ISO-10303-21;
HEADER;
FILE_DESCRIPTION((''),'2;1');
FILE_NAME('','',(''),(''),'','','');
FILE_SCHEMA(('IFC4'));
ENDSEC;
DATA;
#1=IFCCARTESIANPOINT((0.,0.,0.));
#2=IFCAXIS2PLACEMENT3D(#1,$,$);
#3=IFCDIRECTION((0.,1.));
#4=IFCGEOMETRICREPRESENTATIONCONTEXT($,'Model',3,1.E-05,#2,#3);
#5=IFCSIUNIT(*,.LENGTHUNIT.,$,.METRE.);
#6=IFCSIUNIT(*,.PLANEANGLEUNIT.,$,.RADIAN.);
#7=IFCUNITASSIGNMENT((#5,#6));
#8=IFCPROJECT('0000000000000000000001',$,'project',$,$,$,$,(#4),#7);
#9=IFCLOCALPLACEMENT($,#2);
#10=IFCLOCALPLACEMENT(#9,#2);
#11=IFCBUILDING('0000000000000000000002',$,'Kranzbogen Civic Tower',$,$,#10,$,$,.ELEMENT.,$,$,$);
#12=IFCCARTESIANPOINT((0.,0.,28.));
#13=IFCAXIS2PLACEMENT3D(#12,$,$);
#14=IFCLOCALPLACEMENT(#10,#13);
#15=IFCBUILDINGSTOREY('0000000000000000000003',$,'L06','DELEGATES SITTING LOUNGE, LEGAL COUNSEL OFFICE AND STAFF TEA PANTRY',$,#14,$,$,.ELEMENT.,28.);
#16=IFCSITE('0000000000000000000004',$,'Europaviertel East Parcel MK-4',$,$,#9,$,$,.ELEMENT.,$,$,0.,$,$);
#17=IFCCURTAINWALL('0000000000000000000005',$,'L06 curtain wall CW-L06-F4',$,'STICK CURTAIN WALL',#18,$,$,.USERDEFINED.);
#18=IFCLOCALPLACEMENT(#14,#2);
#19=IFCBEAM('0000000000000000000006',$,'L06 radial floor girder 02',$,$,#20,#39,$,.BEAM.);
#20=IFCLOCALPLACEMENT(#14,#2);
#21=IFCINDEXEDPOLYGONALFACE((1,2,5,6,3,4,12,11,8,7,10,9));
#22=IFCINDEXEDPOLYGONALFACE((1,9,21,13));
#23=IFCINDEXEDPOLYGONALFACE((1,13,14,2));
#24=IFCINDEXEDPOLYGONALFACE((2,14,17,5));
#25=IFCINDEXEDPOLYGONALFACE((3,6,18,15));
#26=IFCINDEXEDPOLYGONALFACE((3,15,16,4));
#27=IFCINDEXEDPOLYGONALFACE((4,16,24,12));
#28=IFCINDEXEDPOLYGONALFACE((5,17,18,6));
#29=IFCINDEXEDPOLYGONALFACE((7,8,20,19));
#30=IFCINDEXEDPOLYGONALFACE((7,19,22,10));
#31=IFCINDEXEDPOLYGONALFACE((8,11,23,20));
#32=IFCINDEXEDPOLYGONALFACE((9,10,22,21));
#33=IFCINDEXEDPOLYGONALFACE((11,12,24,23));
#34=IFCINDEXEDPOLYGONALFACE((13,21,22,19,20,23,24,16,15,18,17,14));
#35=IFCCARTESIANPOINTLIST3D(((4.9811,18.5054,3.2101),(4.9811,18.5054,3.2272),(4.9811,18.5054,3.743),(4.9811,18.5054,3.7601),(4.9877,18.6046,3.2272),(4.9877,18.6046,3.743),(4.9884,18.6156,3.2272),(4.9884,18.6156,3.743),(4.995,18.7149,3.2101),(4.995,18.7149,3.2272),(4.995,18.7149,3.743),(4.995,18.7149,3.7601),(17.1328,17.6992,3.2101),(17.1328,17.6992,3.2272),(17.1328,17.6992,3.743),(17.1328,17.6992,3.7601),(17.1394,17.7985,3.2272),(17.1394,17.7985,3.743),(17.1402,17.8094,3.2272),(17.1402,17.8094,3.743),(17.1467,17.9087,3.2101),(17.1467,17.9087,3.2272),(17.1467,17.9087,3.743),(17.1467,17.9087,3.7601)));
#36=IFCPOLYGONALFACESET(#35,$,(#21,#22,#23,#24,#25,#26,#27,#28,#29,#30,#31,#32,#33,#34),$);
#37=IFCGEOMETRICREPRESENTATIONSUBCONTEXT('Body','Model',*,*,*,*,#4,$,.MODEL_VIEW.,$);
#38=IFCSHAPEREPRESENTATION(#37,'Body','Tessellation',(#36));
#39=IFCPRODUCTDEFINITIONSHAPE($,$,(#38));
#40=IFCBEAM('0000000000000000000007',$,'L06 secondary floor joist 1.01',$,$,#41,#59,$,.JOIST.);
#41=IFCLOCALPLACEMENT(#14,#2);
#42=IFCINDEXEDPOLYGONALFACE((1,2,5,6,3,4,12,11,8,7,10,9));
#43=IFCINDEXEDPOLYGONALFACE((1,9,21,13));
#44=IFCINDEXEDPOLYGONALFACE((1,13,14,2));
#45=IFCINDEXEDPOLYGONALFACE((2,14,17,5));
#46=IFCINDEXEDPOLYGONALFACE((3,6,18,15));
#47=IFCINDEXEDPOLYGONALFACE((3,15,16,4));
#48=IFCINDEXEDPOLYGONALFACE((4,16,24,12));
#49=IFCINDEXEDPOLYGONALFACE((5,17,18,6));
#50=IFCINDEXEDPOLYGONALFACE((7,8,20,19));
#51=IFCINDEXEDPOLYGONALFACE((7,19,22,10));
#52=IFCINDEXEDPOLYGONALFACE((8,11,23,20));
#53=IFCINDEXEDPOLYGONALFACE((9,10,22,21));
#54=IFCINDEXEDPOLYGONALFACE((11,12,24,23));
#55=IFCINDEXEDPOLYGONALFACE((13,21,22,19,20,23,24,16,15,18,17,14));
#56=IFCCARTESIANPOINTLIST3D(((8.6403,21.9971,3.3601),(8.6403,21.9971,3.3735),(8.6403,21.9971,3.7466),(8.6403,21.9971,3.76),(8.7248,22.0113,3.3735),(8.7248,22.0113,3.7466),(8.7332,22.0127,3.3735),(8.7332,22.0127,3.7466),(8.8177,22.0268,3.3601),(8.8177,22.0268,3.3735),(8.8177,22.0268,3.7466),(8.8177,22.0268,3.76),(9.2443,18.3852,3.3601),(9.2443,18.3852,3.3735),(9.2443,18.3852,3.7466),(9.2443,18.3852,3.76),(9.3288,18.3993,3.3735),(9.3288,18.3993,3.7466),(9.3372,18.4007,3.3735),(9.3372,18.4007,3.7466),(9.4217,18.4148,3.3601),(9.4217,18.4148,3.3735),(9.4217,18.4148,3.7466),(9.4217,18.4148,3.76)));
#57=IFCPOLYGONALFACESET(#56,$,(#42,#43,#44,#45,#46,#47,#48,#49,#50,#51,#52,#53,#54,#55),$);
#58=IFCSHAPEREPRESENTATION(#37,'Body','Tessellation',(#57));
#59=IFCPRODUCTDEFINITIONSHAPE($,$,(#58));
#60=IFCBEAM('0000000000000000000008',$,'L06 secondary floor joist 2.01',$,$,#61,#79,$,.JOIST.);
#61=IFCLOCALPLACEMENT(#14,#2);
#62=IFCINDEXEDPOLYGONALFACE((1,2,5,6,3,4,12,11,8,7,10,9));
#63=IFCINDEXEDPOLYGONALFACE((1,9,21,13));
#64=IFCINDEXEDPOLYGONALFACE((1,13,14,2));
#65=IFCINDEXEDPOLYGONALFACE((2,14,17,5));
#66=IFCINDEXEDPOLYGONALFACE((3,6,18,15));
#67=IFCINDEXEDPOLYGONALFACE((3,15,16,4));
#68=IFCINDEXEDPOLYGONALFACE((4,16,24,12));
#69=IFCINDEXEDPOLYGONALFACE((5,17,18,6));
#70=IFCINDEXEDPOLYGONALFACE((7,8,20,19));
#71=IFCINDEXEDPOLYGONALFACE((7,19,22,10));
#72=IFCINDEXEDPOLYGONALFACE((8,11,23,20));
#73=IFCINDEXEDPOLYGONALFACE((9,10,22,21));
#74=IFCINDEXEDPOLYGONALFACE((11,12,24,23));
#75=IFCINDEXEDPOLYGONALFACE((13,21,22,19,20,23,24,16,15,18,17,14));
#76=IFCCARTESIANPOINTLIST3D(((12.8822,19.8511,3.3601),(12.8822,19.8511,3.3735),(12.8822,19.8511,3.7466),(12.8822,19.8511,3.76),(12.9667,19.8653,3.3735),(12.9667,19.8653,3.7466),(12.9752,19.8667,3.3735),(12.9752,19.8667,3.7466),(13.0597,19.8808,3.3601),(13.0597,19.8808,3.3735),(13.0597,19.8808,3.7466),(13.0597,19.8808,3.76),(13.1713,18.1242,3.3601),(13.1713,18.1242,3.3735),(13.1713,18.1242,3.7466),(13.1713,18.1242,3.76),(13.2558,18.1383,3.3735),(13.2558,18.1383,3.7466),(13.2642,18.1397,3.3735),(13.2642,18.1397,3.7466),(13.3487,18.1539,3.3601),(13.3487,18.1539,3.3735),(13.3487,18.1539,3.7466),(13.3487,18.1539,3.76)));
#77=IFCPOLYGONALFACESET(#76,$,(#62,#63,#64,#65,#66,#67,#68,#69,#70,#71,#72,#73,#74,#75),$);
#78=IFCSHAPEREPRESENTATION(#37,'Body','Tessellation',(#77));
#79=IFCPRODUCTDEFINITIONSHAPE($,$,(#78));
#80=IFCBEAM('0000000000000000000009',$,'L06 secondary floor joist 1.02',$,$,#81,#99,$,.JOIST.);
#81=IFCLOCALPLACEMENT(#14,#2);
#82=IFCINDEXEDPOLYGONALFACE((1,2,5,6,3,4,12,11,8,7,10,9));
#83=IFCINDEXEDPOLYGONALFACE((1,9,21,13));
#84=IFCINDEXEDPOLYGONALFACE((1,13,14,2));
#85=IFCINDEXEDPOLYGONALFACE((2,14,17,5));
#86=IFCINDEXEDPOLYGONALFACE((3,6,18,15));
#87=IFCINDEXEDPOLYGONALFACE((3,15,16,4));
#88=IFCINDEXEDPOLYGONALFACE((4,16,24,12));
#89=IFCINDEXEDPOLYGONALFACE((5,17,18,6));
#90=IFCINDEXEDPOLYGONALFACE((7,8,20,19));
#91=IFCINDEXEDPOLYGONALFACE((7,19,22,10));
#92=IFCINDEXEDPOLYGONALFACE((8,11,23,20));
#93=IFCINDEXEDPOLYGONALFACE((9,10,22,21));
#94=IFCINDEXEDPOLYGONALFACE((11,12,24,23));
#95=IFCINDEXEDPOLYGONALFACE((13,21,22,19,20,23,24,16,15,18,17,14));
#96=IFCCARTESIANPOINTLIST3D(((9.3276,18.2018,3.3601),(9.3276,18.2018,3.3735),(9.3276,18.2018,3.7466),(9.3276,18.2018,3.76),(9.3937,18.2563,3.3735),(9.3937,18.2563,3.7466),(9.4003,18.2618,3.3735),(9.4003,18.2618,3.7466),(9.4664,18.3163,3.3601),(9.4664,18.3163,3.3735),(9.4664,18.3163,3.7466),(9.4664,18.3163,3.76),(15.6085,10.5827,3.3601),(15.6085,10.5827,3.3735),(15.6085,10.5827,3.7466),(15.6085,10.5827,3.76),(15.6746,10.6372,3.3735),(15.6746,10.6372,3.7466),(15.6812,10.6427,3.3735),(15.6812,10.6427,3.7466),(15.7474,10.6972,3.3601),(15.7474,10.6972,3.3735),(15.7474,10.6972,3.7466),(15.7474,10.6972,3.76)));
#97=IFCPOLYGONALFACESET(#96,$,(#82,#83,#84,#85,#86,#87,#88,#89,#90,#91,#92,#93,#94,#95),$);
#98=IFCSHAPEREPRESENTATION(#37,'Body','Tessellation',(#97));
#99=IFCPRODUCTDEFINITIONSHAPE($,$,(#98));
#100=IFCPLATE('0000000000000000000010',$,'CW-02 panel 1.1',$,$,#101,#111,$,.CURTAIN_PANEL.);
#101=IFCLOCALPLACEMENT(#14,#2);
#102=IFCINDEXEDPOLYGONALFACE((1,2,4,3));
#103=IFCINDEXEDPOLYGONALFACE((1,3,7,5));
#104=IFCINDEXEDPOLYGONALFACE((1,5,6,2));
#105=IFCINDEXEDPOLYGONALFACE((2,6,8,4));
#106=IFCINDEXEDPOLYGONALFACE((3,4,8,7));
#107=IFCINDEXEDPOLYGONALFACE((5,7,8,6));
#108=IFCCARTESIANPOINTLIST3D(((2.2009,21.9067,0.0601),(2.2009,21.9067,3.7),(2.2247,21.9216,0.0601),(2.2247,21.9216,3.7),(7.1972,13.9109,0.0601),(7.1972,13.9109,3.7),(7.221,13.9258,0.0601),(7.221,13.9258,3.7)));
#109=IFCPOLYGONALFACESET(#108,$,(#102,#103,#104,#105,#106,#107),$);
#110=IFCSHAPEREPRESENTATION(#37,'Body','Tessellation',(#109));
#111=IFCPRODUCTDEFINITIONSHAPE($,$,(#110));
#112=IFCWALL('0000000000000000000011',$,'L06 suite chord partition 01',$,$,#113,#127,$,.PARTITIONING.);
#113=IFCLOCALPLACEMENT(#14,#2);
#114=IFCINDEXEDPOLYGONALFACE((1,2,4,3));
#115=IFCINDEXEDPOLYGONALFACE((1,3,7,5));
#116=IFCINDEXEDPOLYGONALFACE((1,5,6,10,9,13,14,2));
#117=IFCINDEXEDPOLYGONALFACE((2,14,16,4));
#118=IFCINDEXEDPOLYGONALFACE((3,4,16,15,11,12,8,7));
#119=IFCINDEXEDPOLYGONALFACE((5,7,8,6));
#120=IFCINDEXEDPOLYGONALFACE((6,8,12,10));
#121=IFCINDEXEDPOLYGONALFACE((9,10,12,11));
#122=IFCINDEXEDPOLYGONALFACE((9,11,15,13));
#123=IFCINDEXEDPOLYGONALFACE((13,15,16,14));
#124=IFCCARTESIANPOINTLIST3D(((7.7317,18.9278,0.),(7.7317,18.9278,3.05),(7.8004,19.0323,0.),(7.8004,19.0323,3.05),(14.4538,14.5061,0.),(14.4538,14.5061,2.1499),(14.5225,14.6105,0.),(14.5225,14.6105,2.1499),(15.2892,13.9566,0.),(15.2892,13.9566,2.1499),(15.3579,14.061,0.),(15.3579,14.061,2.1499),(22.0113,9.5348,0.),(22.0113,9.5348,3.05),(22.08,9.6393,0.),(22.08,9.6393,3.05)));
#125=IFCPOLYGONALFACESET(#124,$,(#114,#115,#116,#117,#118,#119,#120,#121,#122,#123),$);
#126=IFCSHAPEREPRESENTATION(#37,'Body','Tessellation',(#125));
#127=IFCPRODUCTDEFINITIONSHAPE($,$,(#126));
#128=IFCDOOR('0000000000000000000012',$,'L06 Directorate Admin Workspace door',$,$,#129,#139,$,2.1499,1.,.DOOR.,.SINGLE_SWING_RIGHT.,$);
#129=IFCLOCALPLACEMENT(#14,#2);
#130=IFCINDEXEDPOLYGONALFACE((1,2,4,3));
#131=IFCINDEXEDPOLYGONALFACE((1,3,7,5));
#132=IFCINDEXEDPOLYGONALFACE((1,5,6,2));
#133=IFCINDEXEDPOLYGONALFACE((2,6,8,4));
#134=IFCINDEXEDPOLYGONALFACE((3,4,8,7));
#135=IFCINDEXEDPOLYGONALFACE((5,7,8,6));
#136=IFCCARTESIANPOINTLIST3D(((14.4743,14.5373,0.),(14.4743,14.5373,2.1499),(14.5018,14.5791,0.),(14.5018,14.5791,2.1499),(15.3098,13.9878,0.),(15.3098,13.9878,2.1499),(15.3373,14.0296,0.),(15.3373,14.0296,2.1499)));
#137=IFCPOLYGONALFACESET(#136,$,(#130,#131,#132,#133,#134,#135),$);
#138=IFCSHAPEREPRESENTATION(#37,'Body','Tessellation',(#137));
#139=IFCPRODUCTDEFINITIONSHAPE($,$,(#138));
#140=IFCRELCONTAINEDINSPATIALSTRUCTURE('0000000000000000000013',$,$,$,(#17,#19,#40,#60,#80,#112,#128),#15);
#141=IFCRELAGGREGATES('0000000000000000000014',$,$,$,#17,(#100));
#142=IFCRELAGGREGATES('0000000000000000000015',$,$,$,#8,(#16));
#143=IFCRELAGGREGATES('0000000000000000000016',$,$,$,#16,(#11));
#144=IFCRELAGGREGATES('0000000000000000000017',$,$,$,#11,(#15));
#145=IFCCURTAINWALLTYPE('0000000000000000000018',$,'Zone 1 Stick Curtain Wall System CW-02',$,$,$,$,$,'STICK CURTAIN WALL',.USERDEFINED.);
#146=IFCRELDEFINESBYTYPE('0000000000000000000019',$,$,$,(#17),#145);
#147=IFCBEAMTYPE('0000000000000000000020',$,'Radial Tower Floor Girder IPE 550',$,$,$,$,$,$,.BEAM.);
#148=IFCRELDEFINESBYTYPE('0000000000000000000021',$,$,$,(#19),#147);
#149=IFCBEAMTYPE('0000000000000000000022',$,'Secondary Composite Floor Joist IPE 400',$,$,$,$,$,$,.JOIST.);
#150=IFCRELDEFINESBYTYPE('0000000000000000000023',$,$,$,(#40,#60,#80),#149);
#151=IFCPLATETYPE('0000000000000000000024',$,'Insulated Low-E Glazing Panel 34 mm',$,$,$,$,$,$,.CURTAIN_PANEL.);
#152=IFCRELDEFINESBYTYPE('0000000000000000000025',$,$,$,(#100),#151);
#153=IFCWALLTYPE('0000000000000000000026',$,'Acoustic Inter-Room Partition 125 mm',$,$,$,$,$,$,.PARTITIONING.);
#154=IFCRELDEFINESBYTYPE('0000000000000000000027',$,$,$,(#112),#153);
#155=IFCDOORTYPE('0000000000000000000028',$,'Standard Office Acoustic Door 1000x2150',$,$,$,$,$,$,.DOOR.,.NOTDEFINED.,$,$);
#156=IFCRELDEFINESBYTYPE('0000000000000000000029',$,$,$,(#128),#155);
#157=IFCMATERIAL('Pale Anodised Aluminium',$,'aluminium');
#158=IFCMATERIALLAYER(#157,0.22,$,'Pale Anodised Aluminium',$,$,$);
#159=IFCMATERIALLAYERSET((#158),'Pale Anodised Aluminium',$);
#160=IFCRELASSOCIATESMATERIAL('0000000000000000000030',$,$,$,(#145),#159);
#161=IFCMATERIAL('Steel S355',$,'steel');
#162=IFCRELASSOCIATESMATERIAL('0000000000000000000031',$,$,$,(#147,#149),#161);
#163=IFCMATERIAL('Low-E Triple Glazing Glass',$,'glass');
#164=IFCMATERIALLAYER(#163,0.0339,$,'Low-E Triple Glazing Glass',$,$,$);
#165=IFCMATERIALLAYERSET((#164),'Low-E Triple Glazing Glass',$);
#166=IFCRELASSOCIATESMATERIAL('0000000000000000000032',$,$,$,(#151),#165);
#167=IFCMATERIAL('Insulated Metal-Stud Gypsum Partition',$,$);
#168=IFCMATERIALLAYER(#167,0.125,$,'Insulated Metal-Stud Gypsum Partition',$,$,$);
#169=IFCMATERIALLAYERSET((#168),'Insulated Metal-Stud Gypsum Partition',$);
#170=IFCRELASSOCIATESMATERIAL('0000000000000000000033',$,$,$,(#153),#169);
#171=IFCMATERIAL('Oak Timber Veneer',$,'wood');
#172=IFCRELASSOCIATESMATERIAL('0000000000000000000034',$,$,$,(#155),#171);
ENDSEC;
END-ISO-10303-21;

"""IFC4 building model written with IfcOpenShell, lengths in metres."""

from ifc_helpers import new_model, si_unit, direction, frame, frame_2d, origin, origin_2d, place, context, subcontext, project, spatial, rectangle, i_section, extrude, material, layer, layer_set, material_profile, profile_set, type_object, element, fill, aggregate, save


model = new_model("IFC4")

# Units and contexts
model_context = context("Model", 3, precision=1e-05, world=origin(), true_north=direction((0.0, 1.0)))
body_context = subcontext(model_context, "Body", "Model", "MODEL_VIEW")
ifc_project = project(units=[si_unit("LENGTHUNIT", "METRE"), si_unit("PLANEANGLEUNIT", "RADIAN")], contexts=[model_context])

# Site, building, storey
site_placement = place(None, origin())
site = spatial("IfcSite", under=ifc_project, at=site_placement, Name="Europaviertel East Parcel MK-4", CompositionType="ELEMENT", RefElevation=0.0)
building_placement = place(site_placement, origin())
building = spatial("IfcBuilding", under=site, at=building_placement, Name="Kranzbogen Civic Tower", CompositionType="ELEMENT")
storey_placement = place(building_placement, frame((0.0, 0.0, 28.0)))
storey = spatial("IfcBuildingStorey", under=building, at=storey_placement, Name="L06", Description="DELEGATES SITTING LOUNGE, LEGAL COUNSEL OFFICE AND STAFF TEA PANTRY", CompositionType="ELEMENT", Elevation=28.0)

# Shared definitions
ifc_material_1 = material(Name="Steel S355", Category="steel")

# Curtain wall
ifc_material_2 = material(Name="Pale Anodised Aluminium", Category="aluminium")
ifc_layer_1 = layer(ifc_material_2, 0.22, Name="Pale Anodised Aluminium")
ifc_layer_set_1 = layer_set([ifc_layer_1], Name="Pale Anodised Aluminium")
curtain_wall_type = type_object("IfcCurtainWallType", Name="Zone 1 Stick Curtain Wall System CW-02", ElementType="STICK CURTAIN WALL", PredefinedType="USERDEFINED", material=ifc_layer_set_1)
curtain_wall_placement = place(storey_placement, origin())
curtain_wall = element("IfcCurtainWall", 1, at=curtain_wall_placement, inside=storey, type_object=curtain_wall_type, Name="L06 curtain wall CW-L06-F4", ObjectType="STICK CURTAIN WALL", PredefinedType="USERDEFINED")

# Beams
ifc_material_profile_1 = material_profile(ifc_material_1, i_section(OverallWidth=0.21, OverallDepth=0.55, WebThickness=0.011, FlangeThickness=0.0171, at=origin_2d()), Name="IPE 550")
ifc_profile_set_1 = profile_set([ifc_material_profile_1], Name="Steel S355")
beam_type_1 = type_object("IfcBeamType", Name="Radial Tower Floor Girder IPE 550", PredefinedType="BEAM", material=ifc_profile_set_1)
beam_1_placement = place(storey_placement, frame((4.988, 18.6101, 3.4851), z_axis=(0.997807, -0.066194, 0.0), x_axis=(0.066194, 0.997807, 0.0)))
element("IfcBeam", 2, at=beam_1_placement, inside=storey, type_object=beam_type_1, Name="L06 radial floor girder 02", PredefinedType="BEAM", context=body_context, shape_type="SweptSolid", body=[
    extrude(i_section(OverallWidth=0.21, OverallDepth=0.55, WebThickness=0.011, FlangeThickness=0.0171, at=origin_2d()), origin(), (0.0, 0.0, 1.0), 12.1785),
])
ifc_material_profile_2 = material_profile(ifc_material_1, i_section(OverallWidth=0.1799, OverallDepth=0.3999, WebThickness=0.0085, FlangeThickness=0.0134, at=origin_2d()), Name="IPE 400")
ifc_profile_set_2 = profile_set([ifc_material_profile_2], Name="Steel S355")
beam_type_2 = type_object("IfcBeamType", Name="Secondary Composite Floor Joist IPE 400", PredefinedType="JOIST", material=ifc_profile_set_2)
beam_2_placement = place(storey_placement, frame((8.729, 22.012, 3.5601), z_axis=(0.164929, -0.986305, 0.0), x_axis=(0.986305, 0.164929, 0.0)))
element("IfcBeam", 3, at=beam_2_placement, inside=storey, type_object=beam_type_2, Name="L06 secondary floor joist 1.01", PredefinedType="JOIST", context=body_context, shape_type="SweptSolid", body=[
    extrude(i_section(OverallWidth=0.1799, OverallDepth=0.3999, WebThickness=0.0085, FlangeThickness=0.0134, at=origin_2d()), origin(), (0.0, 0.0, 1.0), 3.6621),
])
beam_3_placement = place(storey_placement, frame((12.9709, 19.866, 3.5601), z_axis=(0.165077, -0.986281, 0.0), x_axis=(0.986281, 0.165077, 0.0)))
element("IfcBeam", 4, at=beam_3_placement, inside=storey, type_object=beam_type_2, Name="L06 secondary floor joist 2.01", PredefinedType="JOIST", context=body_context, shape_type="SweptSolid", body=[
    extrude(i_section(OverallWidth=0.1799, OverallDepth=0.3999, WebThickness=0.0085, FlangeThickness=0.0134, at=origin_2d()), origin(), (0.0, 0.0, 1.0), 1.751),
])
beam_4_placement = place(storey_placement, frame((9.397, 18.259, 3.5601), z_axis=(0.636095, -0.771611, 0.0), x_axis=(0.771611, 0.636095, 0.0)))
element("IfcBeam", 5, at=beam_4_placement, inside=storey, type_object=beam_type_2, Name="L06 secondary floor joist 1.02", PredefinedType="JOIST", context=body_context, shape_type="SweptSolid", body=[
    extrude(i_section(OverallWidth=0.1799, OverallDepth=0.3999, WebThickness=0.0085, FlangeThickness=0.0134, at=origin_2d()), origin(), (0.0, 0.0, 1.0), 9.8743),
])

# Plate
ifc_material_3 = material(Name="Low-E Triple Glazing Glass", Category="glass")
ifc_layer_2 = layer(ifc_material_3, 0.0339, Name="Low-E Triple Glazing Glass")
ifc_layer_set_2 = layer_set([ifc_layer_2], Name="Low-E Triple Glazing Glass")
plate_type = type_object("IfcPlateType", Name="Insulated Low-E Glazing Panel 34 mm", PredefinedType="CURTAIN_PANEL", material=ifc_layer_set_2)
plate_placement = place(storey_placement, frame((4.7109, 17.9163, 0.0601), z_axis=(0.0, 0.0, 1.0), x_axis=(0.529923, -0.848046, 0.0)))
plate = element("IfcPlate", 6, at=plate_placement, type_object=plate_type, Name="CW-02 panel 1.1", PredefinedType="CURTAIN_PANEL", context=body_context, shape_type="SweptSolid", body=[
    extrude(rectangle(XDim=9.4285, YDim=0.0281, at=origin_2d()), origin(), (0.0, 0.0, 1.0), 3.6399),
])
aggregate(curtain_wall, [plate])

# Wall, opening, door
ifc_material_4 = material(Name="Insulated Metal-Stud Gypsum Partition")
ifc_layer_3 = layer(ifc_material_4, 0.125, Name="Insulated Metal-Stud Gypsum Partition")
ifc_layer_set_3 = layer_set([ifc_layer_3], Name="Insulated Metal-Stud Gypsum Partition")
wall_type = type_object("IfcWallType", Name="Acoustic Inter-Room Partition 125 mm", PredefinedType="PARTITIONING", material=ifc_layer_set_3)
wall_placement = place(storey_placement, frame((7.7661, 18.98, 0.0), z_axis=(0.0, 0.0, 1.0), x_axis=(0.835458, -0.549554, 0.0)))
wall = element("IfcWall", 7, at=wall_placement, inside=storey, type_object=wall_type, Name="L06 suite chord partition 01", PredefinedType="PARTITIONING", context=body_context, shape_type="SweptSolid", body=[
    extrude(rectangle(XDim=17.092, YDim=0.125, at=frame_2d((8.5459, 0.0))), origin(), (0.0, 0.0, 1.0), 3.05),
])
opening_placement = place(wall_placement, frame((8.0459, 0.0, 0.0)))
opening = element("IfcOpeningElement", 8, at=opening_placement, cuts=wall, PredefinedType="OPENING", context=body_context, shape_type="SweptSolid", body=[
    extrude(rectangle(XDim=1.0, YDim=2.1499, at=frame_2d((0.5, 1.075))), frame((0.0, 0.0725, 0.0), z_axis=(0.0, -1.0, 0.0), x_axis=(1.0, 0.0, 0.0)), (0.0, 0.0, 1.0), 0.145),
])
ifc_material_5 = material(Name="Oak Timber Veneer", Category="wood")
door_type = type_object("IfcDoorType", Name="Standard Office Acoustic Door 1000x2150", OperationType="NOTDEFINED", PredefinedType="DOOR", material=ifc_material_5)
door_placement = place(opening_placement, origin())
door = element("IfcDoor", 9, at=door_placement, inside=storey, type_object=door_type, Name="L06 Directorate Admin Workspace door", OperationType="SINGLE_SWING_RIGHT", OverallHeight=2.1499, OverallWidth=1.0, PredefinedType="DOOR", context=body_context, shape_type="SweptSolid", body=[
    extrude(rectangle(XDim=1.0, YDim=2.1499, at=frame_2d((0.5, 1.075))), frame((0.0, 0.0249, 0.0), z_axis=(0.0, -1.0, 0.0), x_axis=(1.0, 0.0, 0.0)), (0.0, 0.0, 1.0), 0.05),
])
fill(opening, door)

save(model, "model.ifc")
